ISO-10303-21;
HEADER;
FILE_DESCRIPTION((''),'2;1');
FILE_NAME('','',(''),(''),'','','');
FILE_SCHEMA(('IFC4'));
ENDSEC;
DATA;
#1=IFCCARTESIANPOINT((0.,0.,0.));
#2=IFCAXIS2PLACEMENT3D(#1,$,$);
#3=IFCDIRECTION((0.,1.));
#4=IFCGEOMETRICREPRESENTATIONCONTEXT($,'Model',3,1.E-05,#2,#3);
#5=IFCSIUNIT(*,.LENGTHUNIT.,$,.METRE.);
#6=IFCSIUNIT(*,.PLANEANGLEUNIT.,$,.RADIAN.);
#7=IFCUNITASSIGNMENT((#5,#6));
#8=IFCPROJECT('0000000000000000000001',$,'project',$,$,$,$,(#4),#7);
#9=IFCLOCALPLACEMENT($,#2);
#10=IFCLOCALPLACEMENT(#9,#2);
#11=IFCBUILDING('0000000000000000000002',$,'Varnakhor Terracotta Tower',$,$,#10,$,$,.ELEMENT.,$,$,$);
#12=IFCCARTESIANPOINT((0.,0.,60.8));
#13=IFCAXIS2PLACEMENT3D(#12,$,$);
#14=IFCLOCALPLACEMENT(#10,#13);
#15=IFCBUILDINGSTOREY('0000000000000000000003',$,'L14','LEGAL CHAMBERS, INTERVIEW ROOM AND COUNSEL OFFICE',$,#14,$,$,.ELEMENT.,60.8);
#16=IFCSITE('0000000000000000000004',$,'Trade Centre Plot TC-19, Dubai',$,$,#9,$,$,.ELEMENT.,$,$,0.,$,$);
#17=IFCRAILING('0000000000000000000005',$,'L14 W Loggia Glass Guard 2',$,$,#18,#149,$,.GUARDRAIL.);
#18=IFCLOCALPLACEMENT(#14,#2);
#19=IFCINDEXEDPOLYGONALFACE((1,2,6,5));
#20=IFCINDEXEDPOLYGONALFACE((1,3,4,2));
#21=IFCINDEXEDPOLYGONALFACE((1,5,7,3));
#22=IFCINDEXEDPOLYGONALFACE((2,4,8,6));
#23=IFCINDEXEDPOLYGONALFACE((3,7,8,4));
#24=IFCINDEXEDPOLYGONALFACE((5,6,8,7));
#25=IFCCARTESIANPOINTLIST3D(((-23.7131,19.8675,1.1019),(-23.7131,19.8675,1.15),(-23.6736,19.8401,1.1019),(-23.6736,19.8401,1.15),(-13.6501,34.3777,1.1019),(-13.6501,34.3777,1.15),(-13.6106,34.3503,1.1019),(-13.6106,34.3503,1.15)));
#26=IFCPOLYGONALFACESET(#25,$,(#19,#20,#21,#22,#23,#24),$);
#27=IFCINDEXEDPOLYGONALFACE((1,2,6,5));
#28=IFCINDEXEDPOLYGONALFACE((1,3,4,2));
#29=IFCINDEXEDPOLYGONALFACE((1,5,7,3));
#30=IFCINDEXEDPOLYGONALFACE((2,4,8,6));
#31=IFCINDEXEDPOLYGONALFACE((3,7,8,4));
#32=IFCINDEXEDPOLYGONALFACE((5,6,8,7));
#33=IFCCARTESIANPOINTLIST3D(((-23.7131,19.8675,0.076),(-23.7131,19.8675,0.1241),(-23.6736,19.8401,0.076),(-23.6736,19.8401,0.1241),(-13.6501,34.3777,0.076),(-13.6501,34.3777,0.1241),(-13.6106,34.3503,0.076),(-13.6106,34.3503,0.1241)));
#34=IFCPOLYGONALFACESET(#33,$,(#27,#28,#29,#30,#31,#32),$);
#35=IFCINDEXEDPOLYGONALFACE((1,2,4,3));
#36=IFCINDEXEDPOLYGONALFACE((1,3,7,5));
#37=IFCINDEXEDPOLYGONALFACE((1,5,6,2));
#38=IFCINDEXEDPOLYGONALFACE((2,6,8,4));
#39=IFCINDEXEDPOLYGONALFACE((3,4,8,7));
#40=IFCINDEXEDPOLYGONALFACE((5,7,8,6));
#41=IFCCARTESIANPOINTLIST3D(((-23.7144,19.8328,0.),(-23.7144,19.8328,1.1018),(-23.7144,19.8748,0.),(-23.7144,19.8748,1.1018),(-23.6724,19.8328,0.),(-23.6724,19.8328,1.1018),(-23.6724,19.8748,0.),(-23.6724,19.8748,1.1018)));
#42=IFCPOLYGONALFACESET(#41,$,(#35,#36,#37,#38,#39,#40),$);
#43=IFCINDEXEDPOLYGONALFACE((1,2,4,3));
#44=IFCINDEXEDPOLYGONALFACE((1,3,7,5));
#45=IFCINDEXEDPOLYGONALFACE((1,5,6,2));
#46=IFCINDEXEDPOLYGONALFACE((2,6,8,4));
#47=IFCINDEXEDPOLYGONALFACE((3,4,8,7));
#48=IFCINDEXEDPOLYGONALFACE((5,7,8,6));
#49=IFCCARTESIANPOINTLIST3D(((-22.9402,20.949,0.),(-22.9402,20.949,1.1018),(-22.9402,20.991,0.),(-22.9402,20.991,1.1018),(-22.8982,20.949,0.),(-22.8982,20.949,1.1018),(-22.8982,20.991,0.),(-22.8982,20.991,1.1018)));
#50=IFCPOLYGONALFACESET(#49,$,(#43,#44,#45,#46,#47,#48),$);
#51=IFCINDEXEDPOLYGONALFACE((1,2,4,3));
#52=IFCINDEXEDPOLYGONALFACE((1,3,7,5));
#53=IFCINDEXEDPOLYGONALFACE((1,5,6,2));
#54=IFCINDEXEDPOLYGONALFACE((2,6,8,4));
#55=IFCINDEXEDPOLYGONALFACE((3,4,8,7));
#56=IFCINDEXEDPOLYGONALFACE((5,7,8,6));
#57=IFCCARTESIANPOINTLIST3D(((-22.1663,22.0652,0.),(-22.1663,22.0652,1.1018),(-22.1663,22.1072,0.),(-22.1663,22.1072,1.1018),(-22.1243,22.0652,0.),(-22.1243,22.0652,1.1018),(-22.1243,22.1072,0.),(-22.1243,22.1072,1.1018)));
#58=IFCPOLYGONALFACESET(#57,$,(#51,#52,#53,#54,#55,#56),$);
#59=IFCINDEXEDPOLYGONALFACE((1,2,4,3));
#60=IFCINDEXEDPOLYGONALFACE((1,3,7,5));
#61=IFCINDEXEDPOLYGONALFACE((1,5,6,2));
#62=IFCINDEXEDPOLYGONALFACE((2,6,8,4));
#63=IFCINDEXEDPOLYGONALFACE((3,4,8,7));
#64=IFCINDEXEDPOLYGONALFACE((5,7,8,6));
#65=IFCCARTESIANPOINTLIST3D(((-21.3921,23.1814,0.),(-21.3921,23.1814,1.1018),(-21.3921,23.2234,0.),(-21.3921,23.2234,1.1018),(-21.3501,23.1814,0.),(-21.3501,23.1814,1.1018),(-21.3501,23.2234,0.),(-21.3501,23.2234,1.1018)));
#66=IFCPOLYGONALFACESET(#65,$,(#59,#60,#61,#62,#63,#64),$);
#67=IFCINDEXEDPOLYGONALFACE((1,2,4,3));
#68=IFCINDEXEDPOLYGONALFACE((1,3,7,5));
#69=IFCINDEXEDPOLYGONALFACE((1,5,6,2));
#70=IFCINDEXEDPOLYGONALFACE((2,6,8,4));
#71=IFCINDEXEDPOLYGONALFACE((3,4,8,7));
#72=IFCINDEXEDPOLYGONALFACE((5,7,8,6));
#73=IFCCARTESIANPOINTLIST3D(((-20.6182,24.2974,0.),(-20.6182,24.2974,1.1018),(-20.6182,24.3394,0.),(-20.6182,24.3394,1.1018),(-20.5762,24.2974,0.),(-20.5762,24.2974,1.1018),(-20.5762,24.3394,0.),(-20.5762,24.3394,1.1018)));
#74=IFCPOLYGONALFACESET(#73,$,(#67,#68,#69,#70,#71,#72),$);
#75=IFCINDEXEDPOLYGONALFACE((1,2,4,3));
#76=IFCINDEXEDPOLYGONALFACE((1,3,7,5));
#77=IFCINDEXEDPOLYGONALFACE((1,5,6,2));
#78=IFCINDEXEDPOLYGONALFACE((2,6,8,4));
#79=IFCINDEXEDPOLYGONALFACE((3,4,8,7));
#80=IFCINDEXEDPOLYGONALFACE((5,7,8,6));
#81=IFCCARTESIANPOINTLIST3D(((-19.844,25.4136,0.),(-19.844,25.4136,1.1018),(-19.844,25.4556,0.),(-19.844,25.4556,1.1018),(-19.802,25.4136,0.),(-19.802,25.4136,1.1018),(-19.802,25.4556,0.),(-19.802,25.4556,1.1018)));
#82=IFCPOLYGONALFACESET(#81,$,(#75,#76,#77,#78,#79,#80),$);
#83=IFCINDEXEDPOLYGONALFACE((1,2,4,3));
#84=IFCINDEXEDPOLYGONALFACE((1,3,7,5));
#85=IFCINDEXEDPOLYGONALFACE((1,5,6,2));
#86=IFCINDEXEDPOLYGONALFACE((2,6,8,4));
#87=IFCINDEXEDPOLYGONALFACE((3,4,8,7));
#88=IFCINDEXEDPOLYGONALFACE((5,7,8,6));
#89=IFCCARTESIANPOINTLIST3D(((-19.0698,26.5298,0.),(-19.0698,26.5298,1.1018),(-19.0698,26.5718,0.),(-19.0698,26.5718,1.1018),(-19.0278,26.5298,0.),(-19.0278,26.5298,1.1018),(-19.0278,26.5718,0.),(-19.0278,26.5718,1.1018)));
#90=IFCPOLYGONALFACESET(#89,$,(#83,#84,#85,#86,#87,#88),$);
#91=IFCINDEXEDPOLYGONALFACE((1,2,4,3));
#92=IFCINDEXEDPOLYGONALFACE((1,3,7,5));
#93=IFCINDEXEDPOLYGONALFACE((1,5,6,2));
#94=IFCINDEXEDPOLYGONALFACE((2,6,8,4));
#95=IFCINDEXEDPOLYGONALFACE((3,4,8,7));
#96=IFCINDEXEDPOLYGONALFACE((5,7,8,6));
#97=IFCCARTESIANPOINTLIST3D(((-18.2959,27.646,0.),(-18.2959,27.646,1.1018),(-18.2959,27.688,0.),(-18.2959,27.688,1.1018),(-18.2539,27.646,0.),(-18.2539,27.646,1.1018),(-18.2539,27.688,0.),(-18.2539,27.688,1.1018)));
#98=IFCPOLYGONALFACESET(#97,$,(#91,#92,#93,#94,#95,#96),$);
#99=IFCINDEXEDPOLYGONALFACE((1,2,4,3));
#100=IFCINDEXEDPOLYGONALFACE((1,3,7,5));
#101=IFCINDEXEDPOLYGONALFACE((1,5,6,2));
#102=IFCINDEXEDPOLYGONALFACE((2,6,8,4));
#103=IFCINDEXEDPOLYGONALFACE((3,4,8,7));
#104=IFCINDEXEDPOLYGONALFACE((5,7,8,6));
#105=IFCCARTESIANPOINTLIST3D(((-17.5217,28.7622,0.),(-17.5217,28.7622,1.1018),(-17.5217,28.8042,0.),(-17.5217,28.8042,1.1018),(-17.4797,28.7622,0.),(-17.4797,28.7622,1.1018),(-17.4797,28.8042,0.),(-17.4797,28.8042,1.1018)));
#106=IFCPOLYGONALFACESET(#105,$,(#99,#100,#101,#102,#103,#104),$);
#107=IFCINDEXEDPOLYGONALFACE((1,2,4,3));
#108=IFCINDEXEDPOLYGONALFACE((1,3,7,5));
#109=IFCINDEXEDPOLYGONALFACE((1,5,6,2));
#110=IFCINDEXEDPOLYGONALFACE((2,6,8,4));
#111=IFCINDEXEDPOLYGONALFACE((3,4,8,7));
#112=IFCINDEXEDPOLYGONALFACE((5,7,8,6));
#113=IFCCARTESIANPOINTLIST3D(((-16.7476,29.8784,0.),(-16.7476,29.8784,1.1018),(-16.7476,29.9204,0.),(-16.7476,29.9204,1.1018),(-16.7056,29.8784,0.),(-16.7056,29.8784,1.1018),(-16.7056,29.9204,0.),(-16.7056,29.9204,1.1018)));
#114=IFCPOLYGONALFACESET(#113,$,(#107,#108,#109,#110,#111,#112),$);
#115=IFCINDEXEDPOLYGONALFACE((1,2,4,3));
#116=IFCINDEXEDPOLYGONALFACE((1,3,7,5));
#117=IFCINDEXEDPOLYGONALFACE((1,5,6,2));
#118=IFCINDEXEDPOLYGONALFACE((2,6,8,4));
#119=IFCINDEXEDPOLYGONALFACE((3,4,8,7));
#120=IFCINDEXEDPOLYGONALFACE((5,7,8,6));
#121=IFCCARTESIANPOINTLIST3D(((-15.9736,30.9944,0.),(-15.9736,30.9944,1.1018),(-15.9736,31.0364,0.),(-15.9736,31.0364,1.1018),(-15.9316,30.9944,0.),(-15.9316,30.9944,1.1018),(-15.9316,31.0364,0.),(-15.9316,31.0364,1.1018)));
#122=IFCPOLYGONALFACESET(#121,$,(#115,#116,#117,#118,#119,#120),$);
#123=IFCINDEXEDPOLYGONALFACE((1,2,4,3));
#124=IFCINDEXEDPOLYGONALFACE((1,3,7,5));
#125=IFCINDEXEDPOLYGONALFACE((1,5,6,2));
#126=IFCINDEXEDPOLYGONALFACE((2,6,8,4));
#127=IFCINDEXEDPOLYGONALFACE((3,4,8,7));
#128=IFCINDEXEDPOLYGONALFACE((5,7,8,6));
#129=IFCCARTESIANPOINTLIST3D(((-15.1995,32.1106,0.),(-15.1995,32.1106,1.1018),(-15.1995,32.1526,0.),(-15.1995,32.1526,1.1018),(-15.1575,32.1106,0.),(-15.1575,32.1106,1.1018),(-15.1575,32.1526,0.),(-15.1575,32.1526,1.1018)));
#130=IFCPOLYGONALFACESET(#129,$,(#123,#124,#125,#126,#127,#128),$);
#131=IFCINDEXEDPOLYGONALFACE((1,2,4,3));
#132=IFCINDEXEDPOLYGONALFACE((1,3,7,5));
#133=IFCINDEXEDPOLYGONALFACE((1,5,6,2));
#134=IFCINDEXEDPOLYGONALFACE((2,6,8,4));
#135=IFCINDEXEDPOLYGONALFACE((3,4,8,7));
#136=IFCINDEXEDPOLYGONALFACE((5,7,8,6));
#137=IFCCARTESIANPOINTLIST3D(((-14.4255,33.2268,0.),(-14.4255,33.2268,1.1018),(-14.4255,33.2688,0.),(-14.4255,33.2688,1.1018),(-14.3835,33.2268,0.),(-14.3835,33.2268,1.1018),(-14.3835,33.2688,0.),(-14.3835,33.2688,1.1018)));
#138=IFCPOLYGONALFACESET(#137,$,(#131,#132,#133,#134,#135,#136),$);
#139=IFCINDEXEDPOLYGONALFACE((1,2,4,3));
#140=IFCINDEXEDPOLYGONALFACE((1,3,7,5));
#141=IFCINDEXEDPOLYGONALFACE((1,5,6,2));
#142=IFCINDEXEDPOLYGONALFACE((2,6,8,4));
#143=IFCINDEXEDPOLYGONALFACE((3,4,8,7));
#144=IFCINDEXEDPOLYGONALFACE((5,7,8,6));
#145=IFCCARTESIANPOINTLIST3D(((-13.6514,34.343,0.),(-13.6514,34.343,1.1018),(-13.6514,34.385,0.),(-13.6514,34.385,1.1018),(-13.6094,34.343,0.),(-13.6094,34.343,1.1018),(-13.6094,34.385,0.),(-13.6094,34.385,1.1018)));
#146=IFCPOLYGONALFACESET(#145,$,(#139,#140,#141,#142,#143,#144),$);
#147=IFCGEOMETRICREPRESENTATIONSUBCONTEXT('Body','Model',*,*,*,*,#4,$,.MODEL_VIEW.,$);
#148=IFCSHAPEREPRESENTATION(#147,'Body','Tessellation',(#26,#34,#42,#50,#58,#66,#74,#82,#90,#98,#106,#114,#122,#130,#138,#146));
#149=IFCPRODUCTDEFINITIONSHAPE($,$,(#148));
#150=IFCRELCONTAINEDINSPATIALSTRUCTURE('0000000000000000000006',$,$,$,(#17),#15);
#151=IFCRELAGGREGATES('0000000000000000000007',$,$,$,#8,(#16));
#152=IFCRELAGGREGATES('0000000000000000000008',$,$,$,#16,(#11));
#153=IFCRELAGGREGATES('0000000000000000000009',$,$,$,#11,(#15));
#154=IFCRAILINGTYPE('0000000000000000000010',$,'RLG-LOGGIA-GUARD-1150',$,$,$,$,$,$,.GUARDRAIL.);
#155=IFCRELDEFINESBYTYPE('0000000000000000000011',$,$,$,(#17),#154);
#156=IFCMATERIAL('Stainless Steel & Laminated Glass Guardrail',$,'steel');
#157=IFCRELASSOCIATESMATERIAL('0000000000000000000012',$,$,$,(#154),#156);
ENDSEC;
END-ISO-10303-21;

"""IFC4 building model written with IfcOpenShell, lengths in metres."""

from ifc_helpers import new_model, si_unit, direction, frame, origin, origin_2d, place, context, subcontext, project, spatial, rectangle, extrude, material, type_object, element, save


model = new_model("IFC4")

# Units and contexts
model_context = context("Model", 3, precision=1e-05, world=origin(), true_north=direction((0.0, 1.0)))
body_context = subcontext(model_context, "Body", "Model", "MODEL_VIEW")
ifc_project = project(units=[si_unit("LENGTHUNIT", "METRE"), si_unit("PLANEANGLEUNIT", "RADIAN")], contexts=[model_context])

# Site, building, storey
site_placement = place(None, origin())
site = spatial("IfcSite", under=ifc_project, at=site_placement, Name="Trade Centre Plot TC-19, Dubai", CompositionType="ELEMENT", RefElevation=0.0)
building_placement = place(site_placement, origin())
building = spatial("IfcBuilding", under=site, at=building_placement, Name="Varnakhor Terracotta Tower", CompositionType="ELEMENT")
storey_placement = place(building_placement, frame((0.0, 0.0, 60.8)))
storey = spatial("IfcBuildingStorey", under=building, at=storey_placement, Name="L14", Description="LEGAL CHAMBERS, INTERVIEW ROOM AND COUNSEL OFFICE", CompositionType="ELEMENT", Elevation=60.8)

# Railing
ifc_material_1 = material(Name="Stainless Steel & Laminated Glass Guardrail", Category="steel")
railing_type = type_object("IfcRailingType", Name="RLG-LOGGIA-GUARD-1150", PredefinedType="GUARDRAIL", material=ifc_material_1)
railing_1_placement = place(storey_placement, frame((-23.6934, 19.8538, 0.0)))
element("IfcRailing", 1, at=railing_1_placement, inside=storey, type_object=railing_type, Name="L14 W Loggia Glass Guard 2", PredefinedType="GUARDRAIL", context=body_context, shape_type="SweptSolid", body=[
    extrude(rectangle(XDim=0.0481, YDim=0.0481, at=origin_2d()), frame((0.0, 0.0, 1.126), z_axis=(0.569877, 0.82173, 0.0), x_axis=(-0.82173, 0.569877, 0.0)), (0.0, 0.0, 1.0), 17.6582),
    extrude(rectangle(XDim=0.0481, YDim=0.0481, at=origin_2d()), frame((0.0, 0.0, 0.1001), z_axis=(0.569877, 0.82173, 0.0), x_axis=(-0.82173, 0.569877, 0.0)), (0.0, 0.0, 1.0), 17.6582),
    extrude(rectangle(XDim=0.042, YDim=0.042, at=origin_2d()), origin(), (0.0, 0.0, 1.0), 1.1018),
    extrude(rectangle(XDim=0.042, YDim=0.042, at=origin_2d()), frame((0.7742, 1.1162, 0.0)), (0.0, 0.0, 1.0), 1.1018),
    extrude(rectangle(XDim=0.042, YDim=0.042, at=origin_2d()), frame((1.5481, 2.2324, 0.0)), (0.0, 0.0, 1.0), 1.1018),
    extrude(rectangle(XDim=0.042, YDim=0.042, at=origin_2d()), frame((2.3223, 3.3486, 0.0)), (0.0, 0.0, 1.0), 1.1018),
    extrude(rectangle(XDim=0.042, YDim=0.042, at=origin_2d()), frame((3.0962, 4.4646, 0.0)), (0.0, 0.0, 1.0), 1.1018),
    extrude(rectangle(XDim=0.042, YDim=0.042, at=origin_2d()), frame((3.8704, 5.5808, 0.0)), (0.0, 0.0, 1.0), 1.1018),
    extrude(rectangle(XDim=0.042, YDim=0.042, at=origin_2d()), frame((4.6445, 6.697, 0.0)), (0.0, 0.0, 1.0), 1.1018),
    extrude(rectangle(XDim=0.042, YDim=0.042, at=origin_2d()), frame((5.4185, 7.8132, 0.0)), (0.0, 0.0, 1.0), 1.1018),
    extrude(rectangle(XDim=0.042, YDim=0.042, at=origin_2d()), frame((6.1926, 8.9294, 0.0)), (0.0, 0.0, 1.0), 1.1018),
    extrude(rectangle(XDim=0.042, YDim=0.042, at=origin_2d()), frame((6.9668, 10.0457, 0.0)), (0.0, 0.0, 1.0), 1.1018),
    extrude(rectangle(XDim=0.042, YDim=0.042, at=origin_2d()), frame((7.7407, 11.1616, 0.0)), (0.0, 0.0, 1.0), 1.1018),
    extrude(rectangle(XDim=0.042, YDim=0.042, at=origin_2d()), frame((8.5149, 12.2778, 0.0)), (0.0, 0.0, 1.0), 1.1018),
    extrude(rectangle(XDim=0.042, YDim=0.042, at=origin_2d()), frame((9.2888, 13.394, 0.0)), (0.0, 0.0, 1.0), 1.1018),
    extrude(rectangle(XDim=0.042, YDim=0.042, at=origin_2d()), frame((10.063, 14.5103, 0.0)), (0.0, 0.0, 1.0), 1.1018),
])

save(model, "model.ifc")
